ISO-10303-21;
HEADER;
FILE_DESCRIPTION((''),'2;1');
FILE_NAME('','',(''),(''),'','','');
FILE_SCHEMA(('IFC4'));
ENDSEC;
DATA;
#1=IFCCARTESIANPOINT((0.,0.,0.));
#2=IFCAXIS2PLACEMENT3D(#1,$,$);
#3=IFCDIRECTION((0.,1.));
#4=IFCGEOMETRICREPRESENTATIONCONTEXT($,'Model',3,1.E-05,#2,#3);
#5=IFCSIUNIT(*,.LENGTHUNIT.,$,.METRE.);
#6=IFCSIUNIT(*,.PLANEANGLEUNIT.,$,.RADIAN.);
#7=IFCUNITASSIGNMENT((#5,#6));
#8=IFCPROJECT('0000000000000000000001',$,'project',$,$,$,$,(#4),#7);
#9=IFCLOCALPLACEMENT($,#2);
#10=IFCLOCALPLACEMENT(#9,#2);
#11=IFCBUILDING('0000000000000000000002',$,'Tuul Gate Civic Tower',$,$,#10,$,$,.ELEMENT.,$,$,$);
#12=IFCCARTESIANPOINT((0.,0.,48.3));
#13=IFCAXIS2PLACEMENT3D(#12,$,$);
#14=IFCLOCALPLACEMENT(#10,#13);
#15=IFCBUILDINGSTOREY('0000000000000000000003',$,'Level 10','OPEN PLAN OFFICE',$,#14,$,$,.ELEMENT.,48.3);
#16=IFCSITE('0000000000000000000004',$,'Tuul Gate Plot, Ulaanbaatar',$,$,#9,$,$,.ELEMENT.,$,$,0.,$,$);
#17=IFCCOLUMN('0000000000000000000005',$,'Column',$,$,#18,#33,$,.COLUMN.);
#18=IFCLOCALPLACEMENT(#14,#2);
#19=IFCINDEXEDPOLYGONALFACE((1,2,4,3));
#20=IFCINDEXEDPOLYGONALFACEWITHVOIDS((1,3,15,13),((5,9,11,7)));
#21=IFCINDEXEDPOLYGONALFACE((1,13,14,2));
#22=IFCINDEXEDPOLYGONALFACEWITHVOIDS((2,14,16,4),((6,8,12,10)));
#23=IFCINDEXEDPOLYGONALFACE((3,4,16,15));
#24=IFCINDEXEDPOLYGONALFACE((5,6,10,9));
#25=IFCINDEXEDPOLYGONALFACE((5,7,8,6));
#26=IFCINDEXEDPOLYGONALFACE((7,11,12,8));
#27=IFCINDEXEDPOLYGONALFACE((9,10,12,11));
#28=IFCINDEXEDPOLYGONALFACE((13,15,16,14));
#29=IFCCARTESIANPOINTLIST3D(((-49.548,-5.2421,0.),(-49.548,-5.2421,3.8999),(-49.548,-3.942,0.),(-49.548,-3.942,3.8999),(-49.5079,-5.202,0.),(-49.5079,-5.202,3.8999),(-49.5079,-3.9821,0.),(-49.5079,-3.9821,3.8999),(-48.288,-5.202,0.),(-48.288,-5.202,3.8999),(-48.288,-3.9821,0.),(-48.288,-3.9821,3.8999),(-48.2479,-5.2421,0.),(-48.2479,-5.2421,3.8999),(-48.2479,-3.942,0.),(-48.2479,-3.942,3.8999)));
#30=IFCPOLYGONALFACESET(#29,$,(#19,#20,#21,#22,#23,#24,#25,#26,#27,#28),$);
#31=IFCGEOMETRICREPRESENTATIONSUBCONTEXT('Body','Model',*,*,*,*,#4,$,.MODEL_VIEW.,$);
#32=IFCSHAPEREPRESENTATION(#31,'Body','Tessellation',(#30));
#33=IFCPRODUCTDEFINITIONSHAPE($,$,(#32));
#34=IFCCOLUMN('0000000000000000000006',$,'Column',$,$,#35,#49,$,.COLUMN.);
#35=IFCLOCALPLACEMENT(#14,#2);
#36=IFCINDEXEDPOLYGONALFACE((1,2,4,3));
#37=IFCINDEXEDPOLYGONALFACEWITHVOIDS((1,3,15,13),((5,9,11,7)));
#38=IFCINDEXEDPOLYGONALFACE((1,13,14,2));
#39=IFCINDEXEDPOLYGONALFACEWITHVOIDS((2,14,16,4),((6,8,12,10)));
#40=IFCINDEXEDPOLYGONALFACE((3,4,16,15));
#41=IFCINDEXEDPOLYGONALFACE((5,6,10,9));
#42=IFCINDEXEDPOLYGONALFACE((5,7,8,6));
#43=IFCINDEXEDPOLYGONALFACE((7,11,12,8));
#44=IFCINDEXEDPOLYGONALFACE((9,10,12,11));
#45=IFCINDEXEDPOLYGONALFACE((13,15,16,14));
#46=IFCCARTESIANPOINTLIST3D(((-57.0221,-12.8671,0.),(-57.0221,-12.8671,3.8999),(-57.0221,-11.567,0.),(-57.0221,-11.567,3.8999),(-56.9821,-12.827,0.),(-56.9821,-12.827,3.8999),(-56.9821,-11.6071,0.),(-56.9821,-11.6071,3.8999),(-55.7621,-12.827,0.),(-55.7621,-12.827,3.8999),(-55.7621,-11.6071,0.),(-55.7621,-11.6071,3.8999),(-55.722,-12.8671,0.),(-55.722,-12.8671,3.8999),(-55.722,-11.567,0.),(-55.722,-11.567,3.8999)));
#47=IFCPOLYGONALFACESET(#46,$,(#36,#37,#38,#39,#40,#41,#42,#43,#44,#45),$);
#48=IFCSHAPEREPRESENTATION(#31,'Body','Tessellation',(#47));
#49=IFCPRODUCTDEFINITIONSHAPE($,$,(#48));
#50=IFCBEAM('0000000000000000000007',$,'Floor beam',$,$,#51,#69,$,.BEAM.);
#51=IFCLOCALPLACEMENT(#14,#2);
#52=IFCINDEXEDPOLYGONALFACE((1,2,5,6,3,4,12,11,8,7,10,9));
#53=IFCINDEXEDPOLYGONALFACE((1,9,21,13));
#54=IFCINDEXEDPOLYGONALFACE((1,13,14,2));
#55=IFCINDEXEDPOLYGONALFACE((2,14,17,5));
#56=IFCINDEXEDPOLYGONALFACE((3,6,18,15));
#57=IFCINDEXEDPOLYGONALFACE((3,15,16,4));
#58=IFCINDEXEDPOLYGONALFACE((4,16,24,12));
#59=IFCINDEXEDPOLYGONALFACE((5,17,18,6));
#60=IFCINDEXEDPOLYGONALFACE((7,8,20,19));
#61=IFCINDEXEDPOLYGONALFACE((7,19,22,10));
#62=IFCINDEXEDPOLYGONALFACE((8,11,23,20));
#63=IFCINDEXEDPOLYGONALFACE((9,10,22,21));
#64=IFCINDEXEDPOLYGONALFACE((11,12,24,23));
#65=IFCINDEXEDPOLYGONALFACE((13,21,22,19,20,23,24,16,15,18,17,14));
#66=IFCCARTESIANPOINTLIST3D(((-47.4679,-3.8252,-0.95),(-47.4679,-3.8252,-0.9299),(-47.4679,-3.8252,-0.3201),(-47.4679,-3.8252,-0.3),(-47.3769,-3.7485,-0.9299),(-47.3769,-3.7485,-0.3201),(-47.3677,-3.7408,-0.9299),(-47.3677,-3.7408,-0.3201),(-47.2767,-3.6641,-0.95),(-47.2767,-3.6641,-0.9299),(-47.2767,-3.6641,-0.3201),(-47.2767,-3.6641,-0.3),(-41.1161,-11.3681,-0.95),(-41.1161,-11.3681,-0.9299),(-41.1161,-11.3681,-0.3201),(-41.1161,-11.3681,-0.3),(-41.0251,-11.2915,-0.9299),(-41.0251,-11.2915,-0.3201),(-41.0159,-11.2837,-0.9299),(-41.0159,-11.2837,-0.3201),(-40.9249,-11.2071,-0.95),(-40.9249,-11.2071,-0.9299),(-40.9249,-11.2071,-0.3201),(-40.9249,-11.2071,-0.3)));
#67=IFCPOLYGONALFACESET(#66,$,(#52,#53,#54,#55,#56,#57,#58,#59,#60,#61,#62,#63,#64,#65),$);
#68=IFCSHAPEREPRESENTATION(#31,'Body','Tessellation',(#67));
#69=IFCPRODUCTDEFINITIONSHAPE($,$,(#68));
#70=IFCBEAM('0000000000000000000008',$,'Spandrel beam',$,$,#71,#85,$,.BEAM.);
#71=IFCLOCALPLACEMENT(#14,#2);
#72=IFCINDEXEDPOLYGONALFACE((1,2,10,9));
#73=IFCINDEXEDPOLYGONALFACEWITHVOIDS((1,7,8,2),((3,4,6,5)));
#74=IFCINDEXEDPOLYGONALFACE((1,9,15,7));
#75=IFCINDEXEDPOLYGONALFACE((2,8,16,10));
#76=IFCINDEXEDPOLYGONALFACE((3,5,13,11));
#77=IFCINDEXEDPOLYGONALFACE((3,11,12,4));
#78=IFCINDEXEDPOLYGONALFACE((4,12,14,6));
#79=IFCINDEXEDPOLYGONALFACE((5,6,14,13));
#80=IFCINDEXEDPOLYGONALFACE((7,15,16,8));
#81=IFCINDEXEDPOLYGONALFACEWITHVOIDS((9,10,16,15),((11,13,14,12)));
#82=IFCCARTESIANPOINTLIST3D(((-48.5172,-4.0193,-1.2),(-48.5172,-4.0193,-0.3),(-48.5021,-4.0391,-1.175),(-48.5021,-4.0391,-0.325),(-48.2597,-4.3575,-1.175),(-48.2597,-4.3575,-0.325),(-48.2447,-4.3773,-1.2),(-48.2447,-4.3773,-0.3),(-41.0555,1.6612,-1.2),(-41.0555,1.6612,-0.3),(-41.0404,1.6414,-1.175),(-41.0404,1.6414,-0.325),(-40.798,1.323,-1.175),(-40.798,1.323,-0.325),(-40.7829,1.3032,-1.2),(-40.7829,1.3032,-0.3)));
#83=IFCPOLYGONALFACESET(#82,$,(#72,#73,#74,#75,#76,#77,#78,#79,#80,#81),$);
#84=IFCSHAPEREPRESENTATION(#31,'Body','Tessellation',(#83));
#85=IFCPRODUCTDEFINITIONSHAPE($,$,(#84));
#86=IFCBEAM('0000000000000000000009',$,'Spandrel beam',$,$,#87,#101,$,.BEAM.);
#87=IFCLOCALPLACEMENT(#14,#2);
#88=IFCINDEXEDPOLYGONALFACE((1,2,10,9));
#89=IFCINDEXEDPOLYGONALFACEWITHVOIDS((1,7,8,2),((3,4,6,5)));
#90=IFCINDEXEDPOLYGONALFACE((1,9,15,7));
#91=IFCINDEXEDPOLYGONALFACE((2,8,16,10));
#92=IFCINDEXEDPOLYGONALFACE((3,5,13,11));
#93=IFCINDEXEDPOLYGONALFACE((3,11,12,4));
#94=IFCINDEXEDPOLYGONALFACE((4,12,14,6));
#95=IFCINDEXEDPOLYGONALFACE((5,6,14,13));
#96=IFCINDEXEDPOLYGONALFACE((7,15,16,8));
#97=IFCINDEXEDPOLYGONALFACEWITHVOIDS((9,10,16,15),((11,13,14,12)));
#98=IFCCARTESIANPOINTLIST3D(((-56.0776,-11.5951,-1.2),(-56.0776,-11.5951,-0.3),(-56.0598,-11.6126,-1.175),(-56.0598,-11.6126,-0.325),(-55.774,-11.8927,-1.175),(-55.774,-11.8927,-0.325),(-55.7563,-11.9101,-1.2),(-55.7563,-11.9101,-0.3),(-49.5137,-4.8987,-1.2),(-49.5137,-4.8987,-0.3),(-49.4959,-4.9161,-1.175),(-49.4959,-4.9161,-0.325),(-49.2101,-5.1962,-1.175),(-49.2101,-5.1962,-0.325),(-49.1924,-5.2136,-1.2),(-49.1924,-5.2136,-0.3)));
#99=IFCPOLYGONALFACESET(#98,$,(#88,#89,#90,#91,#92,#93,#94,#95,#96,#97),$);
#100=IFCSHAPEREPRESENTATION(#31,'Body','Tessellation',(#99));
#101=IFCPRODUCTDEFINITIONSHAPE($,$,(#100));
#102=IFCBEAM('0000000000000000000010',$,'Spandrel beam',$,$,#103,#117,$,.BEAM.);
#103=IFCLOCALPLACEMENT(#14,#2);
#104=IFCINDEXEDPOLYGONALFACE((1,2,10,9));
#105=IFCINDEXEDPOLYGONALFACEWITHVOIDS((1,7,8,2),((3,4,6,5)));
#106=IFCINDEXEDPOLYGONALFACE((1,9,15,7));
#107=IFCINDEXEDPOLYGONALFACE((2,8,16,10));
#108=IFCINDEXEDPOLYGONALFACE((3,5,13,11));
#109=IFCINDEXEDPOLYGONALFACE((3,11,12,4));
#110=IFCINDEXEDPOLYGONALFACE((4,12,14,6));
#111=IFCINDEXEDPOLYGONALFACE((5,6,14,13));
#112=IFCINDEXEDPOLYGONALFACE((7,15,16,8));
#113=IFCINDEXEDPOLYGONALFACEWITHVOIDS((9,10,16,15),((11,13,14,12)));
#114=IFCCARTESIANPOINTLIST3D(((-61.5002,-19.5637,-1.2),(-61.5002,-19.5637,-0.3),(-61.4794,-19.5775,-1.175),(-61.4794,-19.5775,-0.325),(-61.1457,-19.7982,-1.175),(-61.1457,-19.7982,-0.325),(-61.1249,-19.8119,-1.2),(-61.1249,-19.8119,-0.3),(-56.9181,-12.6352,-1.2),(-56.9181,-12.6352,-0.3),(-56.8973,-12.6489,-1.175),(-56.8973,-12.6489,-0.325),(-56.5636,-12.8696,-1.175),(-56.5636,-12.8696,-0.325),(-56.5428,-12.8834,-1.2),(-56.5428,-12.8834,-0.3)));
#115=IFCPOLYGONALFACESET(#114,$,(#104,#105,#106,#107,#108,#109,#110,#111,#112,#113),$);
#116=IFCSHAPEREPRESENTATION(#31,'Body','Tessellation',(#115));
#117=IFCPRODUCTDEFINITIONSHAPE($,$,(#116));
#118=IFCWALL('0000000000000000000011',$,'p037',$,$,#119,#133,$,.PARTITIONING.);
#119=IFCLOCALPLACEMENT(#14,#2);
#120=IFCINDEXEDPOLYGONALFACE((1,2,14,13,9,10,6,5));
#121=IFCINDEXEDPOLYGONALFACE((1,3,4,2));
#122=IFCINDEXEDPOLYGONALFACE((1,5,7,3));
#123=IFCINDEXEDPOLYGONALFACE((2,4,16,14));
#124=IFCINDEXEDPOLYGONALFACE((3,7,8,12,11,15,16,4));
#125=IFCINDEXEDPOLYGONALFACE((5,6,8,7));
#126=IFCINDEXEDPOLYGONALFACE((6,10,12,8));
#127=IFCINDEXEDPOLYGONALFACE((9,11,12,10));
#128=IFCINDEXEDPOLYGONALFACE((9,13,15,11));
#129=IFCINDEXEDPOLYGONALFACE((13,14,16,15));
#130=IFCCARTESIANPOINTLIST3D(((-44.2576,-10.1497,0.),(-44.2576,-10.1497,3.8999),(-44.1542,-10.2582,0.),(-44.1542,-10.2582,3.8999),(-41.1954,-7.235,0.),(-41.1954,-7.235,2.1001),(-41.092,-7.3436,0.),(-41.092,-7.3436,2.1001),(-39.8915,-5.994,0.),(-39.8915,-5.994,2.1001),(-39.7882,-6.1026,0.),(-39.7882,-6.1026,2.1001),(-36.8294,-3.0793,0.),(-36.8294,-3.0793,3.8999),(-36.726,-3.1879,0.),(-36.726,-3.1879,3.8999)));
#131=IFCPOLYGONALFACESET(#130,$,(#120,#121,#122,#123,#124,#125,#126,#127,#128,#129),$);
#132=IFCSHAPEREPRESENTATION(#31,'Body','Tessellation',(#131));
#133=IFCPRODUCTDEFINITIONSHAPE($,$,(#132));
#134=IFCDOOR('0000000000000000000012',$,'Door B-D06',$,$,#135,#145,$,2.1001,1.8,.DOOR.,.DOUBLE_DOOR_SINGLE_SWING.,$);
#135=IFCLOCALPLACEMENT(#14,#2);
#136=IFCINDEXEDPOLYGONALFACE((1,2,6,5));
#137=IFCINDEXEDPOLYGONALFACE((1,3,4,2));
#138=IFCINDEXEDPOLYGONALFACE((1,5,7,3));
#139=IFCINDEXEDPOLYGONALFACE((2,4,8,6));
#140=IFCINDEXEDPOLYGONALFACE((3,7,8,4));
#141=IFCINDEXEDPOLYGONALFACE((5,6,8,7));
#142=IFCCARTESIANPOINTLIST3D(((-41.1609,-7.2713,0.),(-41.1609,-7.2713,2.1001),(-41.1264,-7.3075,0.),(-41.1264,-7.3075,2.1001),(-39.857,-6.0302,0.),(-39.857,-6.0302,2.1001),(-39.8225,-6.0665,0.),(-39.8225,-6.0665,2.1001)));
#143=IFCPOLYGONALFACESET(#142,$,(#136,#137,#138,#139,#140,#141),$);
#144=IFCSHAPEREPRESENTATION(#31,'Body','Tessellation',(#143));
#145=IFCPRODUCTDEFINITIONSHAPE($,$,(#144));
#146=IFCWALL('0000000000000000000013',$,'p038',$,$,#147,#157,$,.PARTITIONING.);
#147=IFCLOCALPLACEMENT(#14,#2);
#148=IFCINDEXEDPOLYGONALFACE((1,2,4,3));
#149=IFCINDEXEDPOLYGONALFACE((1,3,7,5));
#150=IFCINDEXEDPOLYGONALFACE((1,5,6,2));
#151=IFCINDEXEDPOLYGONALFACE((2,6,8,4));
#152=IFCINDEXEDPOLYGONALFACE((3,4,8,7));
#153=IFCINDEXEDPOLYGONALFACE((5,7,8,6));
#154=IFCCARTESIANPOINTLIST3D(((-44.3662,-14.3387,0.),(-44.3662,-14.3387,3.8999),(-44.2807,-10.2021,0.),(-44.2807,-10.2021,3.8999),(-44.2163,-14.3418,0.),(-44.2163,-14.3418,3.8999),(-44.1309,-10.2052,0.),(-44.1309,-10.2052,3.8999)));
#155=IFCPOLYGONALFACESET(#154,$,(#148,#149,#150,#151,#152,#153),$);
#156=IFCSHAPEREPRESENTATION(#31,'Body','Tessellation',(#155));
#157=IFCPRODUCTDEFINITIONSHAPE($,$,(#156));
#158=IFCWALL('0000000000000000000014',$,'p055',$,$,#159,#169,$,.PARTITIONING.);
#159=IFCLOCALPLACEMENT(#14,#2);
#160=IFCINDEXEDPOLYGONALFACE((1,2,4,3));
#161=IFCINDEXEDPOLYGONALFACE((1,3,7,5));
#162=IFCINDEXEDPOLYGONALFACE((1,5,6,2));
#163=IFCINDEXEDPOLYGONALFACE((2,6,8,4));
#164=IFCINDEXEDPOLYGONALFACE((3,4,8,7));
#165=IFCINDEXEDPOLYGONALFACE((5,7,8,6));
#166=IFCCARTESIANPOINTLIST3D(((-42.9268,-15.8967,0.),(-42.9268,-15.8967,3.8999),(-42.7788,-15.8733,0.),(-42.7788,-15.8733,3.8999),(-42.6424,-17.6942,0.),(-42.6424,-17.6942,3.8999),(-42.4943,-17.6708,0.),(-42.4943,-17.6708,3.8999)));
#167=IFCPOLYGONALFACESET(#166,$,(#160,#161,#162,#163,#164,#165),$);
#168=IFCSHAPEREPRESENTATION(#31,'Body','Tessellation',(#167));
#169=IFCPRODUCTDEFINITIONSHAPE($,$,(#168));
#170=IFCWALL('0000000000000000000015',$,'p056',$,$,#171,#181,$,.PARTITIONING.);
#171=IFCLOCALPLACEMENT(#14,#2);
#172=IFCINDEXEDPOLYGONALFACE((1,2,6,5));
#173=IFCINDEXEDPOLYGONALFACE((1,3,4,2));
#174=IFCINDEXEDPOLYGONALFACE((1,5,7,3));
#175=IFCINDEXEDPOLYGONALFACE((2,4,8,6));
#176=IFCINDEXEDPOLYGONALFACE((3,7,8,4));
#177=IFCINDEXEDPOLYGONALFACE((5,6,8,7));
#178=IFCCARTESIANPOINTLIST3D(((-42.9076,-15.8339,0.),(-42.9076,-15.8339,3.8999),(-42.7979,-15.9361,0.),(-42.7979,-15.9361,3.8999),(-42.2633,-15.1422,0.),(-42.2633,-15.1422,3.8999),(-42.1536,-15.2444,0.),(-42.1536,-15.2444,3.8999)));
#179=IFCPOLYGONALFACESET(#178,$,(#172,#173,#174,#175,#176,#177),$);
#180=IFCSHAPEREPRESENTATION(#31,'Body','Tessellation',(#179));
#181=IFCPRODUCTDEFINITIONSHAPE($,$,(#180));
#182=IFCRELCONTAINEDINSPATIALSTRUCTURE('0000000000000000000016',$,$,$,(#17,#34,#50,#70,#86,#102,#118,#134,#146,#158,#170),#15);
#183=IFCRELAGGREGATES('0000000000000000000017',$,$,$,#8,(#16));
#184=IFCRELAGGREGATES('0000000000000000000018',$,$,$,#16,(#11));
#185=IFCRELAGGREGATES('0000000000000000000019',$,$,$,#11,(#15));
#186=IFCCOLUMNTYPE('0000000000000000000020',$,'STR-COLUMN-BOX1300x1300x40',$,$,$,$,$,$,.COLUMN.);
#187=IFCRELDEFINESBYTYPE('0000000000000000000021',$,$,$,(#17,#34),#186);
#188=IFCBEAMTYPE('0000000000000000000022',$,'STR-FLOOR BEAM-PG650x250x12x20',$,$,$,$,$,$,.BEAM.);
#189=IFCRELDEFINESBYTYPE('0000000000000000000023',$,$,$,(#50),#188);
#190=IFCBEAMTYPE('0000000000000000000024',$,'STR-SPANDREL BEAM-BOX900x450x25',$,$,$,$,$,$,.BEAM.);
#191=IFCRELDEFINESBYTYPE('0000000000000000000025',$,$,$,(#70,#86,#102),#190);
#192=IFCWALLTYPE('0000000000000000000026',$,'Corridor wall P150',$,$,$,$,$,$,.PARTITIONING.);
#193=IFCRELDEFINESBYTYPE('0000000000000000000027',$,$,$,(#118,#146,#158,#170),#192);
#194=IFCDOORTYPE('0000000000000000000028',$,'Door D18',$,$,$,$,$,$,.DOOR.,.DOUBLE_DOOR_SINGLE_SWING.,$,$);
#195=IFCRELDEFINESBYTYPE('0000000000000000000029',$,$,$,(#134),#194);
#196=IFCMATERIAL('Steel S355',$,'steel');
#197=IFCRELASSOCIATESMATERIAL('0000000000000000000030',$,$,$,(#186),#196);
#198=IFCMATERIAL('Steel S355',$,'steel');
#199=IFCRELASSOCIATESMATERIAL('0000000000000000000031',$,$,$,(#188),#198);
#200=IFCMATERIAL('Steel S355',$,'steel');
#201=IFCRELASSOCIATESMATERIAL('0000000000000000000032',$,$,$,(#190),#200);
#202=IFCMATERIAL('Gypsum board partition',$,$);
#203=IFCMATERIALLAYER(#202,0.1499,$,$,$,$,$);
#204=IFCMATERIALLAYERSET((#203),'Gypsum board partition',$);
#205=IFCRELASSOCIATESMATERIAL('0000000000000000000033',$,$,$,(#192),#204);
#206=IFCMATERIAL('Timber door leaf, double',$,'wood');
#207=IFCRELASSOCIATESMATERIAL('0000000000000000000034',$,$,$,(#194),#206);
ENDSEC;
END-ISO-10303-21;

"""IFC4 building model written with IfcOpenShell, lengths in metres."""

from ifc_helpers import new_model, si_unit, direction, frame, frame_2d, origin, origin_2d, place, context, subcontext, project, spatial, rectangle, hollow_rectangle, i_section, extrude, material, layer, layer_set, material_profile, profile_set, type_object, element, fill, save


model = new_model("IFC4")

# Units and contexts
model_context = context("Model", 3, precision=1e-05, world=origin(), true_north=direction((0.0, 1.0)))
body_context = subcontext(model_context, "Body", "Model", "MODEL_VIEW")
ifc_project = project(units=[si_unit("LENGTHUNIT", "METRE"), si_unit("PLANEANGLEUNIT", "RADIAN")], contexts=[model_context])

# Site, building, storey
site_placement = place(None, origin())
site = spatial("IfcSite", under=ifc_project, at=site_placement, Name="Tuul Gate Plot, Ulaanbaatar", CompositionType="ELEMENT", RefElevation=0.0)
building_placement = place(site_placement, origin())
building = spatial("IfcBuilding", under=site, at=building_placement, Name="Tuul Gate Civic Tower", CompositionType="ELEMENT")
storey_placement = place(building_placement, frame((0.0, 0.0, 48.3)))
storey = spatial("IfcBuildingStorey", under=building, at=storey_placement, Name="Level 10", Description="OPEN PLAN OFFICE", CompositionType="ELEMENT", Elevation=48.3)

# Columns
ifc_material_1 = material(Name="Steel S355", Category="steel")
ifc_material_profile_1 = material_profile(ifc_material_1, hollow_rectangle(XDim=1.3, YDim=1.3, WallThickness=0.04, at=origin_2d()), Name="BOX1300x1300x40")
ifc_profile_set_1 = profile_set([ifc_material_profile_1], Name="Steel S355")
column_type = type_object("IfcColumnType", Name="STR-COLUMN-BOX1300x1300x40", PredefinedType="COLUMN", material=ifc_profile_set_1)
for number, where, z_axis, x_axis, name in (
    (1, (-48.8979, -4.592, 0.0), (0.0, 0.0, 1.0), (1.0, 0.0, 0.0), "Column"),
    (2, (-56.3721, -12.217, 0.0), (0.0, 0.0, 1.0), (1.0, 0.0, 0.0), "Column"),
):
    element("IfcColumn", number, at=place(storey_placement, frame(where, z_axis=z_axis, x_axis=x_axis)), inside=storey, type_object=column_type, Name=name, PredefinedType="COLUMN", context=body_context, shape_type="SweptSolid", body=[
        extrude(hollow_rectangle(XDim=1.3, YDim=1.3, WallThickness=0.04, at=origin_2d()), origin(), (0.0, 0.0, 1.0), 3.8999),
    ])

# Beams
ifc_material_2 = material(Name="Steel S355", Category="steel")
ifc_material_profile_2 = material_profile(ifc_material_2, i_section(OverallWidth=0.25, OverallDepth=0.6499, WebThickness=0.012, FlangeThickness=0.02, at=origin_2d()), Name="PG650x250x12x20")
ifc_profile_set_2 = profile_set([ifc_material_profile_2], Name="Steel S355")
beam_type_1 = type_object("IfcBeamType", Name="STR-FLOOR BEAM-PG650x250x12x20", PredefinedType="BEAM", material=ifc_profile_set_2)
beam_1_placement = place(storey_placement, frame((-41.0205, -11.2876, -0.625), z_axis=(-0.644126, 0.76492, 0.0), x_axis=(-0.76492, -0.644126, 0.0)))
element("IfcBeam", 3, at=beam_1_placement, inside=storey, type_object=beam_type_1, Name="Floor beam", PredefinedType="BEAM", context=body_context, shape_type="SweptSolid", body=[
    extrude(i_section(OverallWidth=0.25, OverallDepth=0.6499, WebThickness=0.012, FlangeThickness=0.02, at=origin_2d()), origin(), (0.0, 0.0, 1.0), 9.8611),
])
ifc_material_3 = material(Name="Steel S355", Category="steel")
ifc_material_profile_3 = material_profile(ifc_material_3, hollow_rectangle(XDim=0.45, YDim=0.8999, WallThickness=0.0249, at=origin_2d()), Name="BOX900x450x25")
ifc_profile_set_3 = profile_set([ifc_material_profile_3], Name="Steel S355")
beam_type_2 = type_object("IfcBeamType", Name="STR-SPANDREL BEAM-BOX900x450x25", PredefinedType="BEAM", material=ifc_profile_set_3)
beam_2_placement = place(storey_placement, frame((-40.9192, 1.4822, -0.75), z_axis=(-0.795671, -0.605729, 0.0), x_axis=(0.605729, -0.795671, 0.0)))
element("IfcBeam", 4, at=beam_2_placement, inside=storey, type_object=beam_type_2, Name="Spandrel beam", PredefinedType="BEAM", context=body_context, shape_type="SweptSolid", body=[
    extrude(hollow_rectangle(XDim=0.45, YDim=0.8999, WallThickness=0.0249, at=origin_2d()), origin(), (0.0, 0.0, 1.0), 9.3779),
])
beam_3_placement = place(storey_placement, frame((-49.353, -5.0562, -0.75), z_axis=(-0.700003, -0.71414, 0.0), x_axis=(0.71414, -0.700003, 0.0)))
element("IfcBeam", 5, at=beam_3_placement, inside=storey, type_object=beam_type_2, Name="Spandrel beam", PredefinedType="BEAM", context=body_context, shape_type="SweptSolid", body=[
    extrude(hollow_rectangle(XDim=0.45, YDim=0.8999, WallThickness=0.0249, at=origin_2d()), origin(), (0.0, 0.0, 1.0), 9.377),
])
beam_4_placement = place(storey_placement, frame((-56.7305, -12.7593, -0.75), z_axis=(-0.551617, -0.834097, 0.0), x_axis=(0.834097, -0.551617, 0.0)))
element("IfcBeam", 6, at=beam_4_placement, inside=storey, type_object=beam_type_2, Name="Spandrel beam", PredefinedType="BEAM", context=body_context, shape_type="SweptSolid", body=[
    extrude(hollow_rectangle(XDim=0.45, YDim=0.8999, WallThickness=0.0249, at=origin_2d()), origin(), (0.0, 0.0, 1.0), 8.3066),
])

# Wall, opening, door
ifc_material_4 = material(Name="Gypsum board partition")
ifc_layer_1 = layer(ifc_material_4, 0.1499)
ifc_layer_set_1 = layer_set([ifc_layer_1], Name="Gypsum board partition")
wall_type_1 = type_object("IfcWallType", Name="Corridor wall P150", PredefinedType="PARTITIONING", material=ifc_layer_set_1)
wall_1_placement = place(storey_placement, frame((-44.2058, -10.2039, 0.0), z_axis=(0.0, 0.0, 1.0), x_axis=(0.724342, 0.689441, 0.0)))
wall_1 = element("IfcWall", 7, at=wall_1_placement, inside=storey, type_object=wall_type_1, Name="p037", PredefinedType="PARTITIONING", context=body_context, shape_type="SweptSolid", body=[
    extrude(rectangle(XDim=10.2551, YDim=0.1499, at=frame_2d((5.1274, 0.0))), origin(), (0.0, 0.0, 1.0), 3.8999),
])
opening_1_placement = place(wall_1_placement, frame((4.2275, 0.0, 0.0)))
opening_1 = element("IfcOpeningElement", 8, at=opening_1_placement, cuts=wall_1, PredefinedType="OPENING", context=body_context, shape_type="SweptSolid", body=[
    extrude(rectangle(XDim=1.8, YDim=2.1001, at=frame_2d((0.8999, 1.05))), frame((0.0, 0.085, 0.0), z_axis=(0.0, -1.0, 0.0), x_axis=(1.0, 0.0, 0.0)), (0.0, 0.0, 1.0), 0.1699),
])
ifc_material_5 = material(Name="Timber door leaf, double", Category="wood")
door_type_1 = type_object("IfcDoorType", Name="Door D18", OperationType="DOUBLE_DOOR_SINGLE_SWING", PredefinedType="DOOR", material=ifc_material_5)
door_1_placement = place(opening_1_placement, origin())
door_1 = element("IfcDoor", 9, at=door_1_placement, inside=storey, type_object=door_type_1, Name="Door B-D06", OperationType="DOUBLE_DOOR_SINGLE_SWING", OverallHeight=2.1001, OverallWidth=1.8, PredefinedType="DOOR", context=body_context, shape_type="SweptSolid", body=[
    extrude(rectangle(XDim=1.8, YDim=2.1001, at=frame_2d((0.8999, 1.05))), frame((0.0, 0.0249, 0.0), z_axis=(0.0, -1.0, 0.0), x_axis=(1.0, 0.0, 0.0)), (0.0, 0.0, 1.0), 0.05),
])
fill(opening_1, door_1)

# Walls
wall_2_placement = place(storey_placement, frame((-44.2913, -14.3403, 0.0), z_axis=(0.0, 0.0, 1.0), x_axis=(0.020653, 0.999787, 0.0)))
element("IfcWall", 10, at=wall_2_placement, inside=storey, type_object=wall_type_1, Name="p038", PredefinedType="PARTITIONING", context=body_context, shape_type="SweptSolid", body=[
    extrude(rectangle(XDim=4.1375, YDim=0.1499, at=frame_2d((2.0688, 0.0))), origin(), (0.0, 0.0, 1.0), 3.8999),
])
wall_3_placement = place(storey_placement, frame((-42.8528, -15.885, 0.0), z_axis=(0.0, 0.0, 1.0), x_axis=(0.1563, -0.98771, 0.0)))
element("IfcWall", 11, at=wall_3_placement, inside=storey, type_object=wall_type_1, Name="p055", PredefinedType="PARTITIONING", context=body_context, shape_type="SweptSolid", body=[
    extrude(rectangle(XDim=1.8198, YDim=0.1499, at=frame_2d((0.9099, 0.0))), origin(), (0.0, 0.0, 1.0), 3.8999),
])
wall_4_placement = place(storey_placement, frame((-42.8528, -15.885, 0.0), z_axis=(0.0, 0.0, 1.0), x_axis=(0.681609, 0.731716, 0.0)))
element("IfcWall", 12, at=wall_4_placement, inside=storey, type_object=wall_type_1, Name="p056", PredefinedType="PARTITIONING", context=body_context, shape_type="SweptSolid", body=[
    extrude(rectangle(XDim=0.9453, YDim=0.1499, at=frame_2d((0.4727, 0.0))), origin(), (0.0, 0.0, 1.0), 3.8999),
])

save(model, "model.ifc")
